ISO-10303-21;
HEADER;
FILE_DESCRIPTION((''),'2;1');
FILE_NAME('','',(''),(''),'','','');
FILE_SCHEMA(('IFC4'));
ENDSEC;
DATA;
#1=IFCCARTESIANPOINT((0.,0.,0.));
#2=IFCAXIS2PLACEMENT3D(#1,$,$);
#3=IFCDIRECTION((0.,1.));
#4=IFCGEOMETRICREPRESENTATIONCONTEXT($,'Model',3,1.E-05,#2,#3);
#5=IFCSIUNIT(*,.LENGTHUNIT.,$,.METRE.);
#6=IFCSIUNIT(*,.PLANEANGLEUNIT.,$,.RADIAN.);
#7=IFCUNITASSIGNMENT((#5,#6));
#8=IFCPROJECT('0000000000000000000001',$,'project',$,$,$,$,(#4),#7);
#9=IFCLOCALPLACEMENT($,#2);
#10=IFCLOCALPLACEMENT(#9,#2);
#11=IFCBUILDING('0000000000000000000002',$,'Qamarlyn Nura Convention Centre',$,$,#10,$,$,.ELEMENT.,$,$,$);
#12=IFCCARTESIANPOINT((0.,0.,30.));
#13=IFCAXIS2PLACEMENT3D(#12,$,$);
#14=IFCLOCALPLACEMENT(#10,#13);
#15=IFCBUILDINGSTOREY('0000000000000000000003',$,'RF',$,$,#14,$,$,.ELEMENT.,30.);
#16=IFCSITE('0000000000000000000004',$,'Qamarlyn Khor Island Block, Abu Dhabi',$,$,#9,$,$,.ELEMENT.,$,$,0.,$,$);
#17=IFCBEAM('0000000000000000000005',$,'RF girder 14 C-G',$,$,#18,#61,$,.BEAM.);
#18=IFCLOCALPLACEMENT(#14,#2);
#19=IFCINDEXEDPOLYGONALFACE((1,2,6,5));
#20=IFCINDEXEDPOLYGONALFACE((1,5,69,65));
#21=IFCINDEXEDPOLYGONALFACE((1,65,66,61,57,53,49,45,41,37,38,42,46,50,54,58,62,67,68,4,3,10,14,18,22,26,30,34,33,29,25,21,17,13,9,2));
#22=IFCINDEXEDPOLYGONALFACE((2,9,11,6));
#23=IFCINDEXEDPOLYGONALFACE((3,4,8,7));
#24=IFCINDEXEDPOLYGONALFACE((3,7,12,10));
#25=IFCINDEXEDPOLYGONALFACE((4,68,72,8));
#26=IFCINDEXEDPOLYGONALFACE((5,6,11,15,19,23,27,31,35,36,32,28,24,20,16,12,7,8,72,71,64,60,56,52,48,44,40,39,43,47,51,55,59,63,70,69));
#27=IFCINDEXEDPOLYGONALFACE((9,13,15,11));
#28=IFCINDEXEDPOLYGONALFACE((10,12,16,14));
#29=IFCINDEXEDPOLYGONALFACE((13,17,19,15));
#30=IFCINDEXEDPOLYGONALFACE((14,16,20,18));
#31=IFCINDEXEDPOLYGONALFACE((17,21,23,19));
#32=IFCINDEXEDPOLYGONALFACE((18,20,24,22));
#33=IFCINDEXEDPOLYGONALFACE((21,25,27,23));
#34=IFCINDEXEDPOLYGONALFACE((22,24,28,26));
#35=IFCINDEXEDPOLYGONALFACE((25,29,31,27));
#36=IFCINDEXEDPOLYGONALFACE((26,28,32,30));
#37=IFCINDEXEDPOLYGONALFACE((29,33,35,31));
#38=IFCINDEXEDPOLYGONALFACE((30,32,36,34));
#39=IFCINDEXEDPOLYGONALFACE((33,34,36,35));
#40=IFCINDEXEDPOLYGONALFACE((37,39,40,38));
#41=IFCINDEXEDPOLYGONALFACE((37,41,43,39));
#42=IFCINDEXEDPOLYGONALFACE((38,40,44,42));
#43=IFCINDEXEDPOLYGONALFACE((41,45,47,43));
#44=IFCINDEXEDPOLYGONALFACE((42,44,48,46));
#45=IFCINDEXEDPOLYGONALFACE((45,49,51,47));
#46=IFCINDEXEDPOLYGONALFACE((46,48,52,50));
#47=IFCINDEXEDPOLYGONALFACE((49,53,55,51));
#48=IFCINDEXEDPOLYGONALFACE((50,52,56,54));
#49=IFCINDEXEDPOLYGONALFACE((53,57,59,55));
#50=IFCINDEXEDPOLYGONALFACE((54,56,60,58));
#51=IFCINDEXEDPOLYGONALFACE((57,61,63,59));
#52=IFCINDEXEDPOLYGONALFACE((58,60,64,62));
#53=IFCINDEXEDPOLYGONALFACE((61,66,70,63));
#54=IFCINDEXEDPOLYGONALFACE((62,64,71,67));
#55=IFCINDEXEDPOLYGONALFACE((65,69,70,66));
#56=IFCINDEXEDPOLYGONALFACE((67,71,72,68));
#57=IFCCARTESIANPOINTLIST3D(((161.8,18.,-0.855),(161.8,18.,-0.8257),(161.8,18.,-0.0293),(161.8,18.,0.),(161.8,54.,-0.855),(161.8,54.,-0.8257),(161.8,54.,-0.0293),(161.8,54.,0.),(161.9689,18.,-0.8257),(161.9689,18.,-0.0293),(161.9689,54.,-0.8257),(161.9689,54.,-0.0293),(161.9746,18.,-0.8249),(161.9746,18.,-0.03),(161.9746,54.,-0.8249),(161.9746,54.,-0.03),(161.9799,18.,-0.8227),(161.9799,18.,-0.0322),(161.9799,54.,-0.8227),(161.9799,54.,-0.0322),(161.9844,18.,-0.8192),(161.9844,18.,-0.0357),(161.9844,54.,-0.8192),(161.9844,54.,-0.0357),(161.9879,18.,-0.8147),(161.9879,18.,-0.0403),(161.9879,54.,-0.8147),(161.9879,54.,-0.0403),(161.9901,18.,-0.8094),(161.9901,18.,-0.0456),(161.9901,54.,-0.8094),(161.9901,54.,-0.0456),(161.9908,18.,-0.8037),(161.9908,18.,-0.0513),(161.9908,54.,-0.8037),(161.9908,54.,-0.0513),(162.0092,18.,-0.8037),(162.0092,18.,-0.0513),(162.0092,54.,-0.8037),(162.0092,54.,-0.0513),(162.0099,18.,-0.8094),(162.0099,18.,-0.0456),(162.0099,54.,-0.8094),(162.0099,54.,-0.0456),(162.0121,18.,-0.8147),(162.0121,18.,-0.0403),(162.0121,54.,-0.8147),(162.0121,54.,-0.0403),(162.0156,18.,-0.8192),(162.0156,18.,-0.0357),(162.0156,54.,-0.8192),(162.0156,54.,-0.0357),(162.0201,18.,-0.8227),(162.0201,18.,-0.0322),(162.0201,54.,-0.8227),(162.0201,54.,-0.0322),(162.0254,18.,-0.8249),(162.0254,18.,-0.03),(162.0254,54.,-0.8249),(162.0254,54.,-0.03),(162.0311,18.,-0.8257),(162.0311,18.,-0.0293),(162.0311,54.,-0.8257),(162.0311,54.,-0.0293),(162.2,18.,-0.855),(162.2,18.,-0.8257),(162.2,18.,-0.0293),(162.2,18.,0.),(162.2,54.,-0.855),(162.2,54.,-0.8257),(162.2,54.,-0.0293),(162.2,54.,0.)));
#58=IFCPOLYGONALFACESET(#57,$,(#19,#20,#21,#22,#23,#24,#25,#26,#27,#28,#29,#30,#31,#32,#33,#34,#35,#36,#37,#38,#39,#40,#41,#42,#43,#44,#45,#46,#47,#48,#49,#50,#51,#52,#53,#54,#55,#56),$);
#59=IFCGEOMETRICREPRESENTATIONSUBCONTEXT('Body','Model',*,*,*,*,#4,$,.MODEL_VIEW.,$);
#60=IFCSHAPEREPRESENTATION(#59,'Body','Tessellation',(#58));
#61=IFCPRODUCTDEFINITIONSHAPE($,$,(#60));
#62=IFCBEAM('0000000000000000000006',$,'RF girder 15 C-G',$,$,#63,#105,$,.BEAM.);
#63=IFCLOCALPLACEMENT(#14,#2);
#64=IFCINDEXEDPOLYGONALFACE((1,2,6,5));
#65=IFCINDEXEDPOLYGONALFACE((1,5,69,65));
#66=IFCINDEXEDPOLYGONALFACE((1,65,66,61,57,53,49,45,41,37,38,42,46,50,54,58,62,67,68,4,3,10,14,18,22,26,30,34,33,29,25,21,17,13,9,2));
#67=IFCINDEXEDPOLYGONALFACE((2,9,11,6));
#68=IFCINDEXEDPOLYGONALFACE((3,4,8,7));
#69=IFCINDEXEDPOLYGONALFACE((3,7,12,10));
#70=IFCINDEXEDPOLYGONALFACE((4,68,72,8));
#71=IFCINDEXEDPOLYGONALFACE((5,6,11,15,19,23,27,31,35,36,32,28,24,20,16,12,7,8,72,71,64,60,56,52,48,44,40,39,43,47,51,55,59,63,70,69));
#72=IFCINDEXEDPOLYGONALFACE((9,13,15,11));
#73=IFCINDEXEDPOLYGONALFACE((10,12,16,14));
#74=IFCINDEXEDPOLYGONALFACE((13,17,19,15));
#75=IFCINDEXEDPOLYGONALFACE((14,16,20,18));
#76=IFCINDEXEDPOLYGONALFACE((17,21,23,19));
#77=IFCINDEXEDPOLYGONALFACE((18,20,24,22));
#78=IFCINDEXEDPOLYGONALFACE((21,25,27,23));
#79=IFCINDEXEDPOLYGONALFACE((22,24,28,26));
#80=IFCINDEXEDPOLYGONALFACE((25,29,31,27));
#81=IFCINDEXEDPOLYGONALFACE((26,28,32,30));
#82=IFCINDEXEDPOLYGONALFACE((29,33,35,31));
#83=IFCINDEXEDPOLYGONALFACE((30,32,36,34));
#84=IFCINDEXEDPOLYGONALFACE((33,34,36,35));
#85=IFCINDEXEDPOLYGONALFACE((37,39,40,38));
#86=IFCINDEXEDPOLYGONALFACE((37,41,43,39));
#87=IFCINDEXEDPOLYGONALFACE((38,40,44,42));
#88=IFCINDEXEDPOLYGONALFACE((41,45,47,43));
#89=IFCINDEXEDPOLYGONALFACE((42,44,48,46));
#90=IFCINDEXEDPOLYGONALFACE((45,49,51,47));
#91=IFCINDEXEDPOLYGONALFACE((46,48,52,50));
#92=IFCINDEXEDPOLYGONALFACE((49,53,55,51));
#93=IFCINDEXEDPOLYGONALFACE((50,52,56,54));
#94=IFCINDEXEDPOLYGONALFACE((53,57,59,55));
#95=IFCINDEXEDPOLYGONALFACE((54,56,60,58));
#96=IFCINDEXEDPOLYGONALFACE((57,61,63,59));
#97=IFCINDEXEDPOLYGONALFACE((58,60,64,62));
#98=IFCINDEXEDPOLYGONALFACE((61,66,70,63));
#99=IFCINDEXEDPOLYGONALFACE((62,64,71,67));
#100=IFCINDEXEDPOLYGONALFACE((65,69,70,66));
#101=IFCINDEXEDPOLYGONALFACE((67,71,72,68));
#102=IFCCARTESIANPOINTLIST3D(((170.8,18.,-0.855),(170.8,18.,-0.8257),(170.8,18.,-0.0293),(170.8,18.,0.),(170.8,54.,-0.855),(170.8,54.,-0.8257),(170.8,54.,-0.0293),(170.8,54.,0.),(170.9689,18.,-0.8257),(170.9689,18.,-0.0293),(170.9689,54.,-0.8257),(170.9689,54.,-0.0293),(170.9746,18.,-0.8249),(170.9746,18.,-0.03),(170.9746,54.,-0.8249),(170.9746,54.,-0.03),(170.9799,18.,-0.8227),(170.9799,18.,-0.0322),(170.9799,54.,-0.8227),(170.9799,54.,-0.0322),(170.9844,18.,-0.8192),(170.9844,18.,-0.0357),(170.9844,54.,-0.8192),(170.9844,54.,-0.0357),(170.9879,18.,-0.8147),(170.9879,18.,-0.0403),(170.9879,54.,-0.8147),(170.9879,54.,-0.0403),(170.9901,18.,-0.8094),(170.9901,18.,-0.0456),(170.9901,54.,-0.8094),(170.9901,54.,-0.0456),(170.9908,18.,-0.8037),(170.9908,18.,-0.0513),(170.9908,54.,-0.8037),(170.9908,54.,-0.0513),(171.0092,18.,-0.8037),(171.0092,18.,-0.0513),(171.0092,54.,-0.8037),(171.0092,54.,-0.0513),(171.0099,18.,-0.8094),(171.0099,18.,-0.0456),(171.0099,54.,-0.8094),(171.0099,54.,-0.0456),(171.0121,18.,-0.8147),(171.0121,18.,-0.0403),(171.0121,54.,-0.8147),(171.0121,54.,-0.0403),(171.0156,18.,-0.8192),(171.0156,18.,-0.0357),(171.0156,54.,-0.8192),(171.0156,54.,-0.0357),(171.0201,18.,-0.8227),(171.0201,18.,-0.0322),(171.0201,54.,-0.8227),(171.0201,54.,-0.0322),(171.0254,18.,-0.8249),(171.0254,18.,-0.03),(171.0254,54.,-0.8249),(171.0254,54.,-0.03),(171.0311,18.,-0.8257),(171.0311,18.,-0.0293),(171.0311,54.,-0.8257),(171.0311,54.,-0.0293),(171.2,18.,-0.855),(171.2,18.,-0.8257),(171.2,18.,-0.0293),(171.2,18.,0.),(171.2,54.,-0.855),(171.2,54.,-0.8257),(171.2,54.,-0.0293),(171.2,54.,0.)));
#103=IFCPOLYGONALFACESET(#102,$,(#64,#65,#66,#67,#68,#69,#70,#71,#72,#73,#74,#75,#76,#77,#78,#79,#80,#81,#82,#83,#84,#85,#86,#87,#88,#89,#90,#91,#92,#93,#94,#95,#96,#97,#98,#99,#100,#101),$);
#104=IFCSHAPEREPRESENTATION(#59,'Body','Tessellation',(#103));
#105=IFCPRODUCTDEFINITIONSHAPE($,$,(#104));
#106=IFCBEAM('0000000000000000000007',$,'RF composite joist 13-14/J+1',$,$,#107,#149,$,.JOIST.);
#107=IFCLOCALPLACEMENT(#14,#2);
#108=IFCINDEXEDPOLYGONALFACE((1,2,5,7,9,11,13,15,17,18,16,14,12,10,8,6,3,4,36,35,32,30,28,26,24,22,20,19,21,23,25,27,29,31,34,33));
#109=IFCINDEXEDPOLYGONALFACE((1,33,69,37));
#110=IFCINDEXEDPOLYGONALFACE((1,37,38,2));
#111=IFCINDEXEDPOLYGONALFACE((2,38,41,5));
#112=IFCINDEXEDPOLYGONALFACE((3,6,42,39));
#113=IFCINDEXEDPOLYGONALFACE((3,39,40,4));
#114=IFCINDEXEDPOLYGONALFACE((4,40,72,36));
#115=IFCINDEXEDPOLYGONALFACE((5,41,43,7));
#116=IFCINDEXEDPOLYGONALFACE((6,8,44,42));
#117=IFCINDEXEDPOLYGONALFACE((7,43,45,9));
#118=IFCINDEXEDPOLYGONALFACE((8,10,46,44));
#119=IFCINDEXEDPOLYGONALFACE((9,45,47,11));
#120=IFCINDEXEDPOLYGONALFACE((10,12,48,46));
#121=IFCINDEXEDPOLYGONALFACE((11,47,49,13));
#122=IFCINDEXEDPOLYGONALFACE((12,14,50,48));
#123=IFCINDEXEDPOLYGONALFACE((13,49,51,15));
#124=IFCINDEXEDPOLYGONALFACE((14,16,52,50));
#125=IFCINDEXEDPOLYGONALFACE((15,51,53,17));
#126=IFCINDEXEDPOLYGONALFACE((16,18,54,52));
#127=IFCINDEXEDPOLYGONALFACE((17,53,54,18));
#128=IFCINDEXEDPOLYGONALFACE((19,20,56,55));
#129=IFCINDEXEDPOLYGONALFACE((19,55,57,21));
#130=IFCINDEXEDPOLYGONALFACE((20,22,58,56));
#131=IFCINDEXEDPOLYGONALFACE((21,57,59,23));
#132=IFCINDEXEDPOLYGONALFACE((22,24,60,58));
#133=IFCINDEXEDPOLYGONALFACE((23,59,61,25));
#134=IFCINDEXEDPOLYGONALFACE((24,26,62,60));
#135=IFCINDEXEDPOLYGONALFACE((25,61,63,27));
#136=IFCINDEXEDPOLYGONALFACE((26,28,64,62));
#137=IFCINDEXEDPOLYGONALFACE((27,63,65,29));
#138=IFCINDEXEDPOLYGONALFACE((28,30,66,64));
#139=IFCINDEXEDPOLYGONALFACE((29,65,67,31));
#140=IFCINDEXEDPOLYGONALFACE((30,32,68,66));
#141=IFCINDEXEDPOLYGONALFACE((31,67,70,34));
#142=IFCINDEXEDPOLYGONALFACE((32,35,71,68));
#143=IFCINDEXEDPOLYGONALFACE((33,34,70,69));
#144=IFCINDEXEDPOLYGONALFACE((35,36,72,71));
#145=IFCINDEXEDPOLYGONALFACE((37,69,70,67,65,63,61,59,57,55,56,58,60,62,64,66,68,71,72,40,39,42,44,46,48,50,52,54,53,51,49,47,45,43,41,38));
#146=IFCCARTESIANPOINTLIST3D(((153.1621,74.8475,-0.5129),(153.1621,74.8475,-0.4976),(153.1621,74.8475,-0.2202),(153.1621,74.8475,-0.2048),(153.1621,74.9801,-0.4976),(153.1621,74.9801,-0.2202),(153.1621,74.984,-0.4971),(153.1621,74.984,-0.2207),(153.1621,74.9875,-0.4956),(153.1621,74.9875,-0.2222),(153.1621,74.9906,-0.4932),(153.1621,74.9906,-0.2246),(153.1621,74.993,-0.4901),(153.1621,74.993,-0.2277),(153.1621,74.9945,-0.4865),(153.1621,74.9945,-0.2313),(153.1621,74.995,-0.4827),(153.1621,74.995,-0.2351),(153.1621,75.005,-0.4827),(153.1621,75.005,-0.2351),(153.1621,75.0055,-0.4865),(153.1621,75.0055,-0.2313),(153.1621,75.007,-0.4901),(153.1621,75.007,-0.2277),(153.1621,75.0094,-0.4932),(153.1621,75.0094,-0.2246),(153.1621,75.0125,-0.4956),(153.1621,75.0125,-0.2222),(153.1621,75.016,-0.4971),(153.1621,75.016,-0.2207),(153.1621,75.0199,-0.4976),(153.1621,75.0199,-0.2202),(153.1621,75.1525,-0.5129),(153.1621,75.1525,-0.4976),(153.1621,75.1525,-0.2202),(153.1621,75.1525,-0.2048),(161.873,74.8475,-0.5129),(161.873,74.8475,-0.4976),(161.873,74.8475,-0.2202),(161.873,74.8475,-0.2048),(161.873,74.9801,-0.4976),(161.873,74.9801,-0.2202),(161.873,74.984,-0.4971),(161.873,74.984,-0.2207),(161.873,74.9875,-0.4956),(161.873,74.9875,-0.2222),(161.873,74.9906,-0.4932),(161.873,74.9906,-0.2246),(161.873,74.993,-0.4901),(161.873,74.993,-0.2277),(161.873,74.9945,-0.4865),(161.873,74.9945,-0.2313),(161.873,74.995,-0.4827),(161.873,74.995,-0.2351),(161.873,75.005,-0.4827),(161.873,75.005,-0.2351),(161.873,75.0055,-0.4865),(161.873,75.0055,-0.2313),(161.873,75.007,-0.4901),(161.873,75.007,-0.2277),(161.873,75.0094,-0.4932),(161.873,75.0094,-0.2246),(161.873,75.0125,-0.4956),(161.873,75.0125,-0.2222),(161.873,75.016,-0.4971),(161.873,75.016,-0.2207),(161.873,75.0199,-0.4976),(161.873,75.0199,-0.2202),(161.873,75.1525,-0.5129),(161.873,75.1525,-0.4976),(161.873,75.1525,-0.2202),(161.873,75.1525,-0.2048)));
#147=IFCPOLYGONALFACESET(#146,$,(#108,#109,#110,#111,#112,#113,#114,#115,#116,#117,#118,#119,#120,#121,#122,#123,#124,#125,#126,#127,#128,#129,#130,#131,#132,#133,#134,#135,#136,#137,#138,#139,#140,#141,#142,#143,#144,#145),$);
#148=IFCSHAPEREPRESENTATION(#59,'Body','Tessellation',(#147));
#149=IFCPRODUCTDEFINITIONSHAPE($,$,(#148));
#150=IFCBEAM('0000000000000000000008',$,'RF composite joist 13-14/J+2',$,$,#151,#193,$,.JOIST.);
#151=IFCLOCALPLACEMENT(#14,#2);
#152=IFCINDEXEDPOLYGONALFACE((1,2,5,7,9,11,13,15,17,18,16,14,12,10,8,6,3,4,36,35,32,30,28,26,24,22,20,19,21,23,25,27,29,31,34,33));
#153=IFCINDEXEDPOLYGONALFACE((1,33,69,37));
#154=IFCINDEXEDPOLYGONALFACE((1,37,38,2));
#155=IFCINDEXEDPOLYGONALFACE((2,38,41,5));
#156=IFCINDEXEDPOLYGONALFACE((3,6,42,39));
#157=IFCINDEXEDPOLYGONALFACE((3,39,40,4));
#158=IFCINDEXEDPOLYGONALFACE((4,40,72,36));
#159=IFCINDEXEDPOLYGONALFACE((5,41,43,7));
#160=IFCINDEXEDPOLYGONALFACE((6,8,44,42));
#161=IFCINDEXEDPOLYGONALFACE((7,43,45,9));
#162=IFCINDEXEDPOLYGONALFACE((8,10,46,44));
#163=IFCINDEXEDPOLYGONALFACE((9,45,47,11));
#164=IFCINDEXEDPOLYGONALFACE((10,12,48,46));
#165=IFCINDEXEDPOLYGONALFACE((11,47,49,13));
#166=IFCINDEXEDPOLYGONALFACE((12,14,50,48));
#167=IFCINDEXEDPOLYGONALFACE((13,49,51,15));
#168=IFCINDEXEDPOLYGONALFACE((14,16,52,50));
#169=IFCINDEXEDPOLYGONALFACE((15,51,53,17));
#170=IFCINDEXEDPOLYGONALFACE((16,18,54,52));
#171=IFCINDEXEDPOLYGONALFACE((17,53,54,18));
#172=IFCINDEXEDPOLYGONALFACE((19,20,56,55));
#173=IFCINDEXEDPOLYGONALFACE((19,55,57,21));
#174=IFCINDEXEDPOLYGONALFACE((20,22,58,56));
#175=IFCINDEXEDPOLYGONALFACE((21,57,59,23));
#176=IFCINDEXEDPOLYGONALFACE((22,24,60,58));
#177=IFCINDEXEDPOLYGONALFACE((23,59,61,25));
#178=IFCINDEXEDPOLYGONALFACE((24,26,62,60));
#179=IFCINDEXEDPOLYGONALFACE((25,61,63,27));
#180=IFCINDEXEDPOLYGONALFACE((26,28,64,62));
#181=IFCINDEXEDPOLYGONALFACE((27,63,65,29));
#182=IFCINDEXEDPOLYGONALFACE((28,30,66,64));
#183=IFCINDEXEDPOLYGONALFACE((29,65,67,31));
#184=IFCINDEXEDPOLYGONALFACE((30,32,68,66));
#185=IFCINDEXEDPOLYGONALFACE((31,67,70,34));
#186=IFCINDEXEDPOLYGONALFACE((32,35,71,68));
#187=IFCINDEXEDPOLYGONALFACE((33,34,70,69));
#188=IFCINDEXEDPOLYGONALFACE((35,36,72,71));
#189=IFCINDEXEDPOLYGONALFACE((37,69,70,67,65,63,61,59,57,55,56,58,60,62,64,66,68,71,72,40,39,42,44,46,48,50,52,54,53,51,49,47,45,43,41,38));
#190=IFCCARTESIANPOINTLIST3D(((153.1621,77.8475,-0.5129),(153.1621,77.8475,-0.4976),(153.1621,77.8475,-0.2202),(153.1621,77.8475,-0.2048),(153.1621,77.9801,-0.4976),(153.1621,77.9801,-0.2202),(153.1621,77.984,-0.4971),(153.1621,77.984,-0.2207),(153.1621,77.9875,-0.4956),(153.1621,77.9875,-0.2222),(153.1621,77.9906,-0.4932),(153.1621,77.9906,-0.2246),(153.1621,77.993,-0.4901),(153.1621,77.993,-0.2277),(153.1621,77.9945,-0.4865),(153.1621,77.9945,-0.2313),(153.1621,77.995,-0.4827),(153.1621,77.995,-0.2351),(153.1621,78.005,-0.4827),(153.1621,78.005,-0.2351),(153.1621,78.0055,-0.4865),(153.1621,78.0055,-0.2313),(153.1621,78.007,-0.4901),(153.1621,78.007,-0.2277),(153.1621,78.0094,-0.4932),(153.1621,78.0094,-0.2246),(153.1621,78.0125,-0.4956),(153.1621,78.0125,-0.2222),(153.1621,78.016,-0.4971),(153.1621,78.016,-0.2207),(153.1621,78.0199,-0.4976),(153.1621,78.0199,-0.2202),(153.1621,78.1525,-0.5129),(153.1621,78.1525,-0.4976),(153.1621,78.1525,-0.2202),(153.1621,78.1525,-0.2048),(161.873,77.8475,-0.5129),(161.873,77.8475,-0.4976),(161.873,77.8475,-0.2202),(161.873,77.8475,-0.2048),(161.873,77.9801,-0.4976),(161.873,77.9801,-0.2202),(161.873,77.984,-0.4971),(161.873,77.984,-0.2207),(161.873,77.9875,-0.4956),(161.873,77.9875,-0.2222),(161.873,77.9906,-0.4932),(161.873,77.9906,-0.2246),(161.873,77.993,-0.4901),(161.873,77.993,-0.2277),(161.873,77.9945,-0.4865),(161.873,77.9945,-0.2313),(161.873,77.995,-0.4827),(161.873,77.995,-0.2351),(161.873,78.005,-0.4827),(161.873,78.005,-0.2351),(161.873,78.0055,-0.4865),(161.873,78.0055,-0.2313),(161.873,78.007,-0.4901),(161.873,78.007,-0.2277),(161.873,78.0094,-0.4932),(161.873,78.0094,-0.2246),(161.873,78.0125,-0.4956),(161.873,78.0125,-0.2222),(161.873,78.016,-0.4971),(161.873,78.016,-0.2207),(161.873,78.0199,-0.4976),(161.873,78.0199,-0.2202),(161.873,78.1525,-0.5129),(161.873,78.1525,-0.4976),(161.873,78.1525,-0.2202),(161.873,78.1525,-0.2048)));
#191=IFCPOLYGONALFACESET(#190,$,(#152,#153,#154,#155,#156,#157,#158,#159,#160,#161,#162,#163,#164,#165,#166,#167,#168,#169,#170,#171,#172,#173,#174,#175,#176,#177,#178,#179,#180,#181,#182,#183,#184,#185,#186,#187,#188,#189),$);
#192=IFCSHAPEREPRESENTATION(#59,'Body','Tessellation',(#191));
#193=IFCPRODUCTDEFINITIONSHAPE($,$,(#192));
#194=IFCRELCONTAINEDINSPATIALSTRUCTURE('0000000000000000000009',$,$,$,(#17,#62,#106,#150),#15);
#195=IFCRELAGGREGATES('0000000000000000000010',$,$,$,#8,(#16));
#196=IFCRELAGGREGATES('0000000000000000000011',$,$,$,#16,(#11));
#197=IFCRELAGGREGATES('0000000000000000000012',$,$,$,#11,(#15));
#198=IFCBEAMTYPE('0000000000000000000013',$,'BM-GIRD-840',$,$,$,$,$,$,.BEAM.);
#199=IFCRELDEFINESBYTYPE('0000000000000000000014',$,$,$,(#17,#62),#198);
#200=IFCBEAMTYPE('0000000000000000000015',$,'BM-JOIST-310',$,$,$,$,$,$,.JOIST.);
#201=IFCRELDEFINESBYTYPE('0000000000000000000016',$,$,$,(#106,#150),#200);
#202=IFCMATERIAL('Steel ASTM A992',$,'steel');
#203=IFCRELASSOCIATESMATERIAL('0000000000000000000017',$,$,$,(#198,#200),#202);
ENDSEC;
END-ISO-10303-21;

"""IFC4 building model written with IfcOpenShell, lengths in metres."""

from ifc_helpers import new_model, si_unit, direction, frame, origin, origin_2d, place, context, subcontext, project, spatial, i_section, extrude, material, material_profile, profile_set, type_object, element, save


model = new_model("IFC4")

# Units and contexts
model_context = context("Model", 3, precision=1e-05, world=origin(), true_north=direction((0.0, 1.0)))
body_context = subcontext(model_context, "Body", "Model", "MODEL_VIEW")
ifc_project = project(units=[si_unit("LENGTHUNIT", "METRE"), si_unit("PLANEANGLEUNIT", "RADIAN")], contexts=[model_context])

# Site, building, storey
site_placement = place(None, origin())
site = spatial("IfcSite", under=ifc_project, at=site_placement, Name="Qamarlyn Khor Island Block, Abu Dhabi", CompositionType="ELEMENT", RefElevation=0.0)
building_placement = place(site_placement, origin())
building = spatial("IfcBuilding", under=site, at=building_placement, Name="Qamarlyn Nura Convention Centre", CompositionType="ELEMENT")
storey_placement = place(building_placement, frame((0.0, 0.0, 30.0)))
storey = spatial("IfcBuildingStorey", under=building, at=storey_placement, Name="RF", CompositionType="ELEMENT", Elevation=30.0)

# Beams
ifc_material_1 = material(Name="Steel ASTM A992", Category="steel")
ifc_material_profile_1 = material_profile(ifc_material_1, i_section(OverallWidth=0.3999, OverallDepth=0.855, WebThickness=0.0183, FlangeThickness=0.0293, FilletRadius=0.022, at=origin_2d()), Name="W840X299")
ifc_profile_set_1 = profile_set([ifc_material_profile_1], Name="Steel ASTM A992")
beam_type_1 = type_object("IfcBeamType", Name="BM-GIRD-840", PredefinedType="BEAM", material=ifc_profile_set_1)
for number, where, z_axis, x_axis, name in (
    (1, (162.0, 18.0, -0.4275), (0.0, 1.0, 0.0), (-1.0, 0.0, 0.0), "RF girder 14 C-G"),
    (2, (171.0, 18.0, -0.4275), (0.0, 1.0, 0.0), (-1.0, 0.0, 0.0), "RF girder 15 C-G"),
):
    element("IfcBeam", number, at=place(storey_placement, frame(where, z_axis=z_axis, x_axis=x_axis)), inside=storey, type_object=beam_type_1, Name=name, PredefinedType="BEAM", context=body_context, shape_type="SweptSolid", body=[
        extrude(i_section(OverallWidth=0.3999, OverallDepth=0.855, WebThickness=0.0183, FlangeThickness=0.0293, FilletRadius=0.022, at=origin_2d()), origin(), (0.0, 0.0, 1.0), 36.0),
    ])
ifc_material_profile_2 = material_profile(ifc_material_1, i_section(OverallWidth=0.3049, OverallDepth=0.3081, WebThickness=0.01, FlangeThickness=0.0154, FilletRadius=0.0149, at=origin_2d()), Name="W310X97")
ifc_profile_set_2 = profile_set([ifc_material_profile_2], Name="Steel ASTM A992")
beam_type_2 = type_object("IfcBeamType", Name="BM-JOIST-310", PredefinedType="JOIST", material=ifc_profile_set_2)
for number, where, z_axis, x_axis, name in (
    (3, (153.1621, 75.0, -0.3589), (1.0, 0.0, 0.0), (0.0, 1.0, 0.0), "RF composite joist 13-14/J+1"),
    (4, (153.1621, 78.0, -0.3589), (1.0, 0.0, 0.0), (0.0, 1.0, 0.0), "RF composite joist 13-14/J+2"),
):
    element("IfcBeam", number, at=place(storey_placement, frame(where, z_axis=z_axis, x_axis=x_axis)), inside=storey, type_object=beam_type_2, Name=name, PredefinedType="JOIST", context=body_context, shape_type="SweptSolid", body=[
        extrude(i_section(OverallWidth=0.3049, OverallDepth=0.3081, WebThickness=0.01, FlangeThickness=0.0154, FilletRadius=0.0149, at=origin_2d()), origin(), (0.0, 0.0, 1.0), 8.7109),
    ])

save(model, "model.ifc")
